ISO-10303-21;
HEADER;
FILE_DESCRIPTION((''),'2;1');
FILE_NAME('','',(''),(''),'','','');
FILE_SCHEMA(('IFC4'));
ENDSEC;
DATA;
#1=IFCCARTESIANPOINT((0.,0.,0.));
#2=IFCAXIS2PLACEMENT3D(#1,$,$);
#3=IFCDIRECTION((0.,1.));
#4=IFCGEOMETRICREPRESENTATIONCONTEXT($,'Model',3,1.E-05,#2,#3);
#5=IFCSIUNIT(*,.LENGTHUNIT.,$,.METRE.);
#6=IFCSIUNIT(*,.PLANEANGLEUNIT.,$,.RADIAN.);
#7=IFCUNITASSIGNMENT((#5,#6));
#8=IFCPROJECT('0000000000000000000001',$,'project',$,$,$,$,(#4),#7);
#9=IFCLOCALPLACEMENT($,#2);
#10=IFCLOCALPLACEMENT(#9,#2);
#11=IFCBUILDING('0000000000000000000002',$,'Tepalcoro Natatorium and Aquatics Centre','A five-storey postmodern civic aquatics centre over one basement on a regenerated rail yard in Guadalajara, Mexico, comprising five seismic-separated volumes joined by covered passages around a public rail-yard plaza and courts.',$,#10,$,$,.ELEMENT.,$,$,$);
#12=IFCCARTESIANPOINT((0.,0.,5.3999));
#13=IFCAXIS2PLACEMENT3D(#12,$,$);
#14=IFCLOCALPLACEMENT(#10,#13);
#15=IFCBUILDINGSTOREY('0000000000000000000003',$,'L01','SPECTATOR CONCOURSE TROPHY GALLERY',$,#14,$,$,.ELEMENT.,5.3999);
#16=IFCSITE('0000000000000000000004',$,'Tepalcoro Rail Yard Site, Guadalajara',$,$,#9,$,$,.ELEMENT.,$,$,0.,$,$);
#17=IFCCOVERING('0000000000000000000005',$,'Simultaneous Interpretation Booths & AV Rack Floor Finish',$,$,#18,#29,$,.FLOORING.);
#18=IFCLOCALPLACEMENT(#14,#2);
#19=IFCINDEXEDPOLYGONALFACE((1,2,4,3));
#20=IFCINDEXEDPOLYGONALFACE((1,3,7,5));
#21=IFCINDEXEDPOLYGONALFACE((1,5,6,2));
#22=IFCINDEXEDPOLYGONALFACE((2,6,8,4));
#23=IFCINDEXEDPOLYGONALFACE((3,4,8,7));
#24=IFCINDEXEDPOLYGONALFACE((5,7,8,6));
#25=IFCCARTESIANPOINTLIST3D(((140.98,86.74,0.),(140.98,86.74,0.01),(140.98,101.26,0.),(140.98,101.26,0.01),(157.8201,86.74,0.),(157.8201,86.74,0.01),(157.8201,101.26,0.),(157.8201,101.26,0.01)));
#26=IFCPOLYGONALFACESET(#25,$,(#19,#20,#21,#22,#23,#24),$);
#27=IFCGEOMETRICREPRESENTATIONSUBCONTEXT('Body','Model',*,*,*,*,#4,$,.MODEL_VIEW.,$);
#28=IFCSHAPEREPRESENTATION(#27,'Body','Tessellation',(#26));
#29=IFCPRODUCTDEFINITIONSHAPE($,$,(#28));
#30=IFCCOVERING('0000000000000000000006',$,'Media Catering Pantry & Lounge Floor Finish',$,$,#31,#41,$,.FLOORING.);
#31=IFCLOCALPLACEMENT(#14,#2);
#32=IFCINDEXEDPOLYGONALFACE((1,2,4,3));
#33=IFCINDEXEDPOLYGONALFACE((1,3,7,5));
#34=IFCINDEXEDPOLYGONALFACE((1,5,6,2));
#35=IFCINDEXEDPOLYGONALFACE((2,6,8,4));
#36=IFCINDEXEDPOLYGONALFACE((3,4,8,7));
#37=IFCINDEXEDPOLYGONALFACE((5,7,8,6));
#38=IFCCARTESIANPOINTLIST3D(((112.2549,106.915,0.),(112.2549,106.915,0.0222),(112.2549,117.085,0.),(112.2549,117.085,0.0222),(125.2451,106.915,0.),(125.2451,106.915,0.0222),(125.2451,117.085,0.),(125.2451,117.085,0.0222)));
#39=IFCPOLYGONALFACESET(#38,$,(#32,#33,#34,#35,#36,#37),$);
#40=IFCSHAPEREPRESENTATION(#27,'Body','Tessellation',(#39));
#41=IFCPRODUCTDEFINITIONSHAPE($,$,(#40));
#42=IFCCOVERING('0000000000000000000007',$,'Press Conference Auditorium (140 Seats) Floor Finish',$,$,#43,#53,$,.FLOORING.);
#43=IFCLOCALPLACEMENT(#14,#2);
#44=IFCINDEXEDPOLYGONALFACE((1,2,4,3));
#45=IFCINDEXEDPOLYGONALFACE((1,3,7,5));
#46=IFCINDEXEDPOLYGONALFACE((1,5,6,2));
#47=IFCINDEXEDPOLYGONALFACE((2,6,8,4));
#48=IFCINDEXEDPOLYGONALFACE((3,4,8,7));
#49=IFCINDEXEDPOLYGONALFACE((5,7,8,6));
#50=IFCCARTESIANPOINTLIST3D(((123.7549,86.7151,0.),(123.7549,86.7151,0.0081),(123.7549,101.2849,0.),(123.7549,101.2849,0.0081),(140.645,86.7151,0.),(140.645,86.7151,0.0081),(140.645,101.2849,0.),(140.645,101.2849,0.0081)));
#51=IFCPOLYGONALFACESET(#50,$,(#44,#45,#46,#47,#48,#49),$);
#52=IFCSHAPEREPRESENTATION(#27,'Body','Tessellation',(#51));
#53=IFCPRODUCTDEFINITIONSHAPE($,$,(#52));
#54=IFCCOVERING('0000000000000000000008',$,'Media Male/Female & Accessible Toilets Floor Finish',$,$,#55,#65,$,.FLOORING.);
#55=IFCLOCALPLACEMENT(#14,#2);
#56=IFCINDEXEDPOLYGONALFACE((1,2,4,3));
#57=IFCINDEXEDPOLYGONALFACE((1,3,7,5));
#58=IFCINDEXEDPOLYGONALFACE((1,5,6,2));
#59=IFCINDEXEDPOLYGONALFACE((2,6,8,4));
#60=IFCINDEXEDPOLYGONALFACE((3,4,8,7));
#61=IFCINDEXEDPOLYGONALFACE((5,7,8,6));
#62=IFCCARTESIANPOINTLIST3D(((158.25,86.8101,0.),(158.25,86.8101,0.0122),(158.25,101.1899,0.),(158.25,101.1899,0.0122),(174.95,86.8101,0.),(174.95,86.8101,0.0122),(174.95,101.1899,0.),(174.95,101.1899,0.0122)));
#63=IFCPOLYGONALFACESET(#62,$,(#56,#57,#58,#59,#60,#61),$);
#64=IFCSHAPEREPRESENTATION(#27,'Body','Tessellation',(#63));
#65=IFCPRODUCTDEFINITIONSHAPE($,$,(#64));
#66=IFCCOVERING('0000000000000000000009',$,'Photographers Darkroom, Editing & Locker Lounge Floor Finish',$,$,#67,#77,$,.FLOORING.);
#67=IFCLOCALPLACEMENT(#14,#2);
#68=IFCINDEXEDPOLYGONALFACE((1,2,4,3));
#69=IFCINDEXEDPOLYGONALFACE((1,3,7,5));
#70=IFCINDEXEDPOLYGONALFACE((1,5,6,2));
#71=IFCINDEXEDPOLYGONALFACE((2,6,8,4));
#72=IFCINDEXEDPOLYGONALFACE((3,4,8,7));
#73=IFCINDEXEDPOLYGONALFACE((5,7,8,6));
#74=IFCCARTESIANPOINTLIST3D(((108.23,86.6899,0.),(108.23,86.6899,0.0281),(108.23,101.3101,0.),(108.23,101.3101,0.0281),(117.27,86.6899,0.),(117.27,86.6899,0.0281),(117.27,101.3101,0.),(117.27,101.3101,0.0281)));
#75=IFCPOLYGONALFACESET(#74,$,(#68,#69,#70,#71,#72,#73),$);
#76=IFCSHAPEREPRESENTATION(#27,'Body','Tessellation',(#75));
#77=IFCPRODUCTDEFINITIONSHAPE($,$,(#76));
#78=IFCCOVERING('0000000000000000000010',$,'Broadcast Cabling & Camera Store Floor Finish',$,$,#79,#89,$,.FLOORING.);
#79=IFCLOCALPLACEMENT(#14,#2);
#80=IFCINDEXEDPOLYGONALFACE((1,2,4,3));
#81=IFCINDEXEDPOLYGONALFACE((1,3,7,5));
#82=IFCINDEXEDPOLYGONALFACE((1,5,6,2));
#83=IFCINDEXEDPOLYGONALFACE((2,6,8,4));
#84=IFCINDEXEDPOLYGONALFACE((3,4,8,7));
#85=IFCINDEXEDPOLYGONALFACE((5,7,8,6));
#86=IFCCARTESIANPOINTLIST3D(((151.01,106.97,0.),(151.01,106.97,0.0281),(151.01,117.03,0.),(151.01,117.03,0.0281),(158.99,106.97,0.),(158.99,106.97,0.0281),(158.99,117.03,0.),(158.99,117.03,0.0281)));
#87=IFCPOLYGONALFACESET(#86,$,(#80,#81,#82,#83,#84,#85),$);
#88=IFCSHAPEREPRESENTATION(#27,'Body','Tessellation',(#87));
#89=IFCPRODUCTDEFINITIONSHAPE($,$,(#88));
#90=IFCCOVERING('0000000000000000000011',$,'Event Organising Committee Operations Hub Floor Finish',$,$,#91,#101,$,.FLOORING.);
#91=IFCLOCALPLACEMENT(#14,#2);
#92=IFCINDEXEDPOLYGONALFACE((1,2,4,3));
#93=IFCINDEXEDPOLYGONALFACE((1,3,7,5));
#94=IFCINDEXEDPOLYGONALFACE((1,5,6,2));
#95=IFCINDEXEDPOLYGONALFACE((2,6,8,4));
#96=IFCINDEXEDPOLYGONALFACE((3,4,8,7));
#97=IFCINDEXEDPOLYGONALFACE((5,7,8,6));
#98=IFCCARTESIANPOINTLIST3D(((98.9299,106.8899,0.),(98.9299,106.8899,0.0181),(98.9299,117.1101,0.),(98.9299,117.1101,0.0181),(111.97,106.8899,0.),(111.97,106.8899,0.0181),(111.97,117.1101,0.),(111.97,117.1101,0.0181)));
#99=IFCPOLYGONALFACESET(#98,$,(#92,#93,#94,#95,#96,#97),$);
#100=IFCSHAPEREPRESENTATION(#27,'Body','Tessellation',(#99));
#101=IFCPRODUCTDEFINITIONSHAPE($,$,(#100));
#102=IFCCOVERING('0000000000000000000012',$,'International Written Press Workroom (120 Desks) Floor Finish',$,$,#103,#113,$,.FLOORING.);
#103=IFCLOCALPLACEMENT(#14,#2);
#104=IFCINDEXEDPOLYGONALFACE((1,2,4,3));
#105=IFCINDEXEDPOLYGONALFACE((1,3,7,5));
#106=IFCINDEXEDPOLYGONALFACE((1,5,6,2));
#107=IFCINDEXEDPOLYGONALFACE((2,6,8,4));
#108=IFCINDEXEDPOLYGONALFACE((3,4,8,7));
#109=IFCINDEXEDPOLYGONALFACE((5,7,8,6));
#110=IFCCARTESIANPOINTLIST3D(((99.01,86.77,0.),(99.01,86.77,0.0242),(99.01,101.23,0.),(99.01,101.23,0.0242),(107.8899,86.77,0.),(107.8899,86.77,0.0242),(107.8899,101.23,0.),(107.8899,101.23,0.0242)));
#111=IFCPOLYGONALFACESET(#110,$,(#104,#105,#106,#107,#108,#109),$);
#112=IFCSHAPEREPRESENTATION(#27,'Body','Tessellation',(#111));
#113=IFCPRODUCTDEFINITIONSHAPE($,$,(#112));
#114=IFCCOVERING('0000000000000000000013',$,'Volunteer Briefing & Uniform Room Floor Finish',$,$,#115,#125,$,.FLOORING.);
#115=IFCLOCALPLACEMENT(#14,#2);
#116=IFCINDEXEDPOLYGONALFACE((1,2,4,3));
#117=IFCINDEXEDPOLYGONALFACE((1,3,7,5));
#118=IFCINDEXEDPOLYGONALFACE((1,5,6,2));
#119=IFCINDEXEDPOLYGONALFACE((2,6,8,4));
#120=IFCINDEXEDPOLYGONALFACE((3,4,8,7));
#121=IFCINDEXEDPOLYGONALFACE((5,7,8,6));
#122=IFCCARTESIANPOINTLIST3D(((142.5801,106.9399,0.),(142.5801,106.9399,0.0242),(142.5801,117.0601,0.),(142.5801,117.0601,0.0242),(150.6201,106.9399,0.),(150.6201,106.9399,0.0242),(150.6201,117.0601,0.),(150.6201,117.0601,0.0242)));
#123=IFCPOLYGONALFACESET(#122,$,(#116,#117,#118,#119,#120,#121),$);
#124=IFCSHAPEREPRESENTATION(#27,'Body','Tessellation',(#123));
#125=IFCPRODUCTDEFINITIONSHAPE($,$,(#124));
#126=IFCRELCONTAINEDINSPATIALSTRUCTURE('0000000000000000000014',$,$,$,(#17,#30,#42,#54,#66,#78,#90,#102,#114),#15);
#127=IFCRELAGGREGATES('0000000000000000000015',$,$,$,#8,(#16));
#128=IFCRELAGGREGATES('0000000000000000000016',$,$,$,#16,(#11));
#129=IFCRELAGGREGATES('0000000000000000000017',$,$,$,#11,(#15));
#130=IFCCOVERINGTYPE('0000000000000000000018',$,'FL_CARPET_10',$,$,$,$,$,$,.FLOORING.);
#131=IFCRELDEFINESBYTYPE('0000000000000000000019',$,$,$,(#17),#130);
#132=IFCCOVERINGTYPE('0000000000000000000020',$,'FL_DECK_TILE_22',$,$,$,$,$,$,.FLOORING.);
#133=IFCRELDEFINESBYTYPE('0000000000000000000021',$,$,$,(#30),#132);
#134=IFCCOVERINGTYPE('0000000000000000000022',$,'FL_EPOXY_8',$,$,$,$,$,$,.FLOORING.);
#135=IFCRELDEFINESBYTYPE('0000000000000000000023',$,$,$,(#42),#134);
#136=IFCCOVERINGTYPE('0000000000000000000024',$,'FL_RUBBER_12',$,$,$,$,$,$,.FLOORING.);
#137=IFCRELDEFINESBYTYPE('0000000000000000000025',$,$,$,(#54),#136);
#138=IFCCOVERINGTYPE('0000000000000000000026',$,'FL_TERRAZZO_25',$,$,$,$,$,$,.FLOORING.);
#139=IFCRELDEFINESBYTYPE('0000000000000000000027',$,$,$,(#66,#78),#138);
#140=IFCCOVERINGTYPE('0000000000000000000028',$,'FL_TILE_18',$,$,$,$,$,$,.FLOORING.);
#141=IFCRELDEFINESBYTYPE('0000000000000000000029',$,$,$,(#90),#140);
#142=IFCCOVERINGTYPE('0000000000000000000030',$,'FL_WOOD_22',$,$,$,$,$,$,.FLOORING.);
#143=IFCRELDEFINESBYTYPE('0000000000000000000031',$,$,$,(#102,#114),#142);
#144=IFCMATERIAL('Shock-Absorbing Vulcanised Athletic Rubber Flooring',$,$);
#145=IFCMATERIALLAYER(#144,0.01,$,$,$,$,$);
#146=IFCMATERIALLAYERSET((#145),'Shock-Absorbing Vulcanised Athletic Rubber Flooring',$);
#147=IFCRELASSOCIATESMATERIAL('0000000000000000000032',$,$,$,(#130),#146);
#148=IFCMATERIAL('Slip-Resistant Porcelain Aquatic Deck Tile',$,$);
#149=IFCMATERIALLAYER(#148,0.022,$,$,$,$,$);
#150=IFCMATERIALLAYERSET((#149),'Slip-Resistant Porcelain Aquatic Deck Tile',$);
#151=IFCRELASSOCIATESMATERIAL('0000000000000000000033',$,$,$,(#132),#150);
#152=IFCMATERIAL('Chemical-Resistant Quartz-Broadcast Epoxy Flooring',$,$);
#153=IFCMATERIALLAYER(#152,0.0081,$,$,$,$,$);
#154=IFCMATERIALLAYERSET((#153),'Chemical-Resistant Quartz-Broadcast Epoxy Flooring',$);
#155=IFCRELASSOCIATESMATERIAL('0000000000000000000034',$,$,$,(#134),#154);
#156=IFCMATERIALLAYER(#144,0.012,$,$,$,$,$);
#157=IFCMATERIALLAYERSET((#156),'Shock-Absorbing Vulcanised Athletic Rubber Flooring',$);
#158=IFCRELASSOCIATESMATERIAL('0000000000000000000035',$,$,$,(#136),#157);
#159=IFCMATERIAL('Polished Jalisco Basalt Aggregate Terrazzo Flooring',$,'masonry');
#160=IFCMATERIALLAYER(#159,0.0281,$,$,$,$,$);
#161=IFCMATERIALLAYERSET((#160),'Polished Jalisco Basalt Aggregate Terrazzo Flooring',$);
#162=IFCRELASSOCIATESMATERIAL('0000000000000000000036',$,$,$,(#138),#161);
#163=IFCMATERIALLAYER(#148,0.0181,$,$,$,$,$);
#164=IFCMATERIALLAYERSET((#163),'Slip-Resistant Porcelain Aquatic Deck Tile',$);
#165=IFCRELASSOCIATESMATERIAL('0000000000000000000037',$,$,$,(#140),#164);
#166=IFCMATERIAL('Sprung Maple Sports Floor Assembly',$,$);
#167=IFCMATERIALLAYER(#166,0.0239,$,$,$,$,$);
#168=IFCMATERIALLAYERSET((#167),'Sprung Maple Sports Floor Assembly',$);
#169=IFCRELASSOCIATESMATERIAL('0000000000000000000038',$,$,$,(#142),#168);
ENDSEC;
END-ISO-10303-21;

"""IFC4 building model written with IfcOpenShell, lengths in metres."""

from ifc_helpers import new_model, si_unit, direction, frame, origin, place, context, subcontext, project, spatial, polyline, outline, extrude, material, layer, layer_set, type_object, element, save


model = new_model("IFC4")

# Units and contexts
model_context = context("Model", 3, precision=1e-05, world=origin(), true_north=direction((0.0, 1.0)))
body_context = subcontext(model_context, "Body", "Model", "MODEL_VIEW")
ifc_project = project(units=[si_unit("LENGTHUNIT", "METRE"), si_unit("PLANEANGLEUNIT", "RADIAN")], contexts=[model_context])

# Site, building, storey
site_placement = place(None, origin())
site = spatial("IfcSite", under=ifc_project, at=site_placement, Name="Tepalcoro Rail Yard Site, Guadalajara", CompositionType="ELEMENT", RefElevation=0.0)
building_placement = place(site_placement, origin())
building = spatial("IfcBuilding", under=site, at=building_placement, Name="Tepalcoro Natatorium and Aquatics Centre", Description="A five-storey postmodern civic aquatics centre over one basement on a regenerated rail yard in Guadalajara, Mexico, comprising five seismic-separated volumes joined by covered passages around a public rail-yard plaza and courts.", CompositionType="ELEMENT")
storey_placement = place(building_placement, frame((0.0, 0.0, 5.3999)))
storey = spatial("IfcBuildingStorey", under=building, at=storey_placement, Name="L01", Description="SPECTATOR CONCOURSE TROPHY GALLERY", CompositionType="ELEMENT", Elevation=5.3999)

# Coverings
ifc_material_1 = material(Name="Shock-Absorbing Vulcanised Athletic Rubber Flooring")
ifc_layer_1 = layer(ifc_material_1, 0.01)
ifc_layer_set_1 = layer_set([ifc_layer_1], Name="Shock-Absorbing Vulcanised Athletic Rubber Flooring")
covering_type_1 = type_object("IfcCoveringType", Name="FL_CARPET_10", PredefinedType="FLOORING", material=ifc_layer_set_1)
covering_1_placement = place(storey_placement, origin())
element("IfcCovering", 1, at=covering_1_placement, inside=storey, type_object=covering_type_1, Name="Simultaneous Interpretation Booths & AV Rack Floor Finish", PredefinedType="FLOORING", context=body_context, shape_type="SweptSolid", body=[
    extrude(outline(polyline([(140.98, 86.74), (140.98, 101.26), (157.8201, 101.26), (157.8201, 86.74), (140.98, 86.74)])), origin(), (0.0, 0.0, 1.0), 0.01),
])
ifc_material_2 = material(Name="Slip-Resistant Porcelain Aquatic Deck Tile")
ifc_layer_2 = layer(ifc_material_2, 0.022)
ifc_layer_set_2 = layer_set([ifc_layer_2], Name="Slip-Resistant Porcelain Aquatic Deck Tile")
covering_type_2 = type_object("IfcCoveringType", Name="FL_DECK_TILE_22", PredefinedType="FLOORING", material=ifc_layer_set_2)
covering_2_placement = place(storey_placement, origin())
element("IfcCovering", 2, at=covering_2_placement, inside=storey, type_object=covering_type_2, Name="Media Catering Pantry & Lounge Floor Finish", PredefinedType="FLOORING", context=body_context, shape_type="SweptSolid", body=[
    extrude(outline(polyline([(112.2549, 106.915), (112.2549, 117.085), (125.2451, 117.085), (125.2451, 106.915), (112.2549, 106.915)])), origin(), (0.0, 0.0, 1.0), 0.0222),
])
ifc_material_3 = material(Name="Chemical-Resistant Quartz-Broadcast Epoxy Flooring")
ifc_layer_3 = layer(ifc_material_3, 0.0081)
ifc_layer_set_3 = layer_set([ifc_layer_3], Name="Chemical-Resistant Quartz-Broadcast Epoxy Flooring")
covering_type_3 = type_object("IfcCoveringType", Name="FL_EPOXY_8", PredefinedType="FLOORING", material=ifc_layer_set_3)
covering_3_placement = place(storey_placement, origin())
element("IfcCovering", 3, at=covering_3_placement, inside=storey, type_object=covering_type_3, Name="Press Conference Auditorium (140 Seats) Floor Finish", PredefinedType="FLOORING", context=body_context, shape_type="SweptSolid", body=[
    extrude(outline(polyline([(123.7549, 86.7151), (123.7549, 101.2849), (140.645, 101.2849), (140.645, 86.7151), (123.7549, 86.7151)])), origin(), (0.0, 0.0, 1.0), 0.0081),
])
ifc_layer_4 = layer(ifc_material_1, 0.012)
ifc_layer_set_4 = layer_set([ifc_layer_4], Name="Shock-Absorbing Vulcanised Athletic Rubber Flooring")
covering_type_4 = type_object("IfcCoveringType", Name="FL_RUBBER_12", PredefinedType="FLOORING", material=ifc_layer_set_4)
covering_4_placement = place(storey_placement, origin())
element("IfcCovering", 4, at=covering_4_placement, inside=storey, type_object=covering_type_4, Name="Media Male/Female & Accessible Toilets Floor Finish", PredefinedType="FLOORING", context=body_context, shape_type="SweptSolid", body=[
    extrude(outline(polyline([(158.25, 86.8101), (158.25, 101.1899), (174.95, 101.1899), (174.95, 86.8101), (158.25, 86.8101)])), origin(), (0.0, 0.0, 1.0), 0.0122),
])
ifc_material_4 = material(Name="Polished Jalisco Basalt Aggregate Terrazzo Flooring", Category="masonry")
ifc_layer_5 = layer(ifc_material_4, 0.0281)
ifc_layer_set_5 = layer_set([ifc_layer_5], Name="Polished Jalisco Basalt Aggregate Terrazzo Flooring")
covering_type_5 = type_object("IfcCoveringType", Name="FL_TERRAZZO_25", PredefinedType="FLOORING", material=ifc_layer_set_5)
covering_5_placement = place(storey_placement, origin())
element("IfcCovering", 5, at=covering_5_placement, inside=storey, type_object=covering_type_5, Name="Photographers Darkroom, Editing & Locker Lounge Floor Finish", PredefinedType="FLOORING", context=body_context, shape_type="SweptSolid", body=[
    extrude(outline(polyline([(108.23, 86.6899), (108.23, 101.3101), (117.27, 101.3101), (117.27, 86.6899), (108.23, 86.6899)])), origin(), (0.0, 0.0, 1.0), 0.0281),
])
covering_6_placement = place(storey_placement, origin())
element("IfcCovering", 6, at=covering_6_placement, inside=storey, type_object=covering_type_5, Name="Broadcast Cabling & Camera Store Floor Finish", PredefinedType="FLOORING", context=body_context, shape_type="SweptSolid", body=[
    extrude(outline(polyline([(151.01, 106.97), (151.01, 117.03), (158.99, 117.03), (158.99, 106.97), (151.01, 106.97)])), origin(), (0.0, 0.0, 1.0), 0.0281),
])
ifc_layer_6 = layer(ifc_material_2, 0.0181)
ifc_layer_set_6 = layer_set([ifc_layer_6], Name="Slip-Resistant Porcelain Aquatic Deck Tile")
covering_type_6 = type_object("IfcCoveringType", Name="FL_TILE_18", PredefinedType="FLOORING", material=ifc_layer_set_6)
covering_7_placement = place(storey_placement, origin())
element("IfcCovering", 7, at=covering_7_placement, inside=storey, type_object=covering_type_6, Name="Event Organising Committee Operations Hub Floor Finish", PredefinedType="FLOORING", context=body_context, shape_type="SweptSolid", body=[
    extrude(outline(polyline([(98.9299, 106.8899), (98.9299, 117.1101), (111.97, 117.1101), (111.97, 106.8899), (98.9299, 106.8899)])), origin(), (0.0, 0.0, 1.0), 0.0181),
])
ifc_material_5 = material(Name="Sprung Maple Sports Floor Assembly")
ifc_layer_7 = layer(ifc_material_5, 0.0239)
ifc_layer_set_7 = layer_set([ifc_layer_7], Name="Sprung Maple Sports Floor Assembly")
covering_type_7 = type_object("IfcCoveringType", Name="FL_WOOD_22", PredefinedType="FLOORING", material=ifc_layer_set_7)
covering_8_placement = place(storey_placement, origin())
element("IfcCovering", 8, at=covering_8_placement, inside=storey, type_object=covering_type_7, Name="International Written Press Workroom (120 Desks) Floor Finish", PredefinedType="FLOORING", context=body_context, shape_type="SweptSolid", body=[
    extrude(outline(polyline([(99.01, 86.77), (99.01, 101.23), (107.8899, 101.23), (107.8899, 86.77), (99.01, 86.77)])), origin(), (0.0, 0.0, 1.0), 0.0242),
])
covering_9_placement = place(storey_placement, origin())
element("IfcCovering", 9, at=covering_9_placement, inside=storey, type_object=covering_type_7, Name="Volunteer Briefing & Uniform Room Floor Finish", PredefinedType="FLOORING", context=body_context, shape_type="SweptSolid", body=[
    extrude(outline(polyline([(142.5801, 106.9399), (142.5801, 117.0601), (150.6201, 117.0601), (150.6201, 106.9399), (142.5801, 106.9399)])), origin(), (0.0, 0.0, 1.0), 0.0242),
])

save(model, "model.ifc")
